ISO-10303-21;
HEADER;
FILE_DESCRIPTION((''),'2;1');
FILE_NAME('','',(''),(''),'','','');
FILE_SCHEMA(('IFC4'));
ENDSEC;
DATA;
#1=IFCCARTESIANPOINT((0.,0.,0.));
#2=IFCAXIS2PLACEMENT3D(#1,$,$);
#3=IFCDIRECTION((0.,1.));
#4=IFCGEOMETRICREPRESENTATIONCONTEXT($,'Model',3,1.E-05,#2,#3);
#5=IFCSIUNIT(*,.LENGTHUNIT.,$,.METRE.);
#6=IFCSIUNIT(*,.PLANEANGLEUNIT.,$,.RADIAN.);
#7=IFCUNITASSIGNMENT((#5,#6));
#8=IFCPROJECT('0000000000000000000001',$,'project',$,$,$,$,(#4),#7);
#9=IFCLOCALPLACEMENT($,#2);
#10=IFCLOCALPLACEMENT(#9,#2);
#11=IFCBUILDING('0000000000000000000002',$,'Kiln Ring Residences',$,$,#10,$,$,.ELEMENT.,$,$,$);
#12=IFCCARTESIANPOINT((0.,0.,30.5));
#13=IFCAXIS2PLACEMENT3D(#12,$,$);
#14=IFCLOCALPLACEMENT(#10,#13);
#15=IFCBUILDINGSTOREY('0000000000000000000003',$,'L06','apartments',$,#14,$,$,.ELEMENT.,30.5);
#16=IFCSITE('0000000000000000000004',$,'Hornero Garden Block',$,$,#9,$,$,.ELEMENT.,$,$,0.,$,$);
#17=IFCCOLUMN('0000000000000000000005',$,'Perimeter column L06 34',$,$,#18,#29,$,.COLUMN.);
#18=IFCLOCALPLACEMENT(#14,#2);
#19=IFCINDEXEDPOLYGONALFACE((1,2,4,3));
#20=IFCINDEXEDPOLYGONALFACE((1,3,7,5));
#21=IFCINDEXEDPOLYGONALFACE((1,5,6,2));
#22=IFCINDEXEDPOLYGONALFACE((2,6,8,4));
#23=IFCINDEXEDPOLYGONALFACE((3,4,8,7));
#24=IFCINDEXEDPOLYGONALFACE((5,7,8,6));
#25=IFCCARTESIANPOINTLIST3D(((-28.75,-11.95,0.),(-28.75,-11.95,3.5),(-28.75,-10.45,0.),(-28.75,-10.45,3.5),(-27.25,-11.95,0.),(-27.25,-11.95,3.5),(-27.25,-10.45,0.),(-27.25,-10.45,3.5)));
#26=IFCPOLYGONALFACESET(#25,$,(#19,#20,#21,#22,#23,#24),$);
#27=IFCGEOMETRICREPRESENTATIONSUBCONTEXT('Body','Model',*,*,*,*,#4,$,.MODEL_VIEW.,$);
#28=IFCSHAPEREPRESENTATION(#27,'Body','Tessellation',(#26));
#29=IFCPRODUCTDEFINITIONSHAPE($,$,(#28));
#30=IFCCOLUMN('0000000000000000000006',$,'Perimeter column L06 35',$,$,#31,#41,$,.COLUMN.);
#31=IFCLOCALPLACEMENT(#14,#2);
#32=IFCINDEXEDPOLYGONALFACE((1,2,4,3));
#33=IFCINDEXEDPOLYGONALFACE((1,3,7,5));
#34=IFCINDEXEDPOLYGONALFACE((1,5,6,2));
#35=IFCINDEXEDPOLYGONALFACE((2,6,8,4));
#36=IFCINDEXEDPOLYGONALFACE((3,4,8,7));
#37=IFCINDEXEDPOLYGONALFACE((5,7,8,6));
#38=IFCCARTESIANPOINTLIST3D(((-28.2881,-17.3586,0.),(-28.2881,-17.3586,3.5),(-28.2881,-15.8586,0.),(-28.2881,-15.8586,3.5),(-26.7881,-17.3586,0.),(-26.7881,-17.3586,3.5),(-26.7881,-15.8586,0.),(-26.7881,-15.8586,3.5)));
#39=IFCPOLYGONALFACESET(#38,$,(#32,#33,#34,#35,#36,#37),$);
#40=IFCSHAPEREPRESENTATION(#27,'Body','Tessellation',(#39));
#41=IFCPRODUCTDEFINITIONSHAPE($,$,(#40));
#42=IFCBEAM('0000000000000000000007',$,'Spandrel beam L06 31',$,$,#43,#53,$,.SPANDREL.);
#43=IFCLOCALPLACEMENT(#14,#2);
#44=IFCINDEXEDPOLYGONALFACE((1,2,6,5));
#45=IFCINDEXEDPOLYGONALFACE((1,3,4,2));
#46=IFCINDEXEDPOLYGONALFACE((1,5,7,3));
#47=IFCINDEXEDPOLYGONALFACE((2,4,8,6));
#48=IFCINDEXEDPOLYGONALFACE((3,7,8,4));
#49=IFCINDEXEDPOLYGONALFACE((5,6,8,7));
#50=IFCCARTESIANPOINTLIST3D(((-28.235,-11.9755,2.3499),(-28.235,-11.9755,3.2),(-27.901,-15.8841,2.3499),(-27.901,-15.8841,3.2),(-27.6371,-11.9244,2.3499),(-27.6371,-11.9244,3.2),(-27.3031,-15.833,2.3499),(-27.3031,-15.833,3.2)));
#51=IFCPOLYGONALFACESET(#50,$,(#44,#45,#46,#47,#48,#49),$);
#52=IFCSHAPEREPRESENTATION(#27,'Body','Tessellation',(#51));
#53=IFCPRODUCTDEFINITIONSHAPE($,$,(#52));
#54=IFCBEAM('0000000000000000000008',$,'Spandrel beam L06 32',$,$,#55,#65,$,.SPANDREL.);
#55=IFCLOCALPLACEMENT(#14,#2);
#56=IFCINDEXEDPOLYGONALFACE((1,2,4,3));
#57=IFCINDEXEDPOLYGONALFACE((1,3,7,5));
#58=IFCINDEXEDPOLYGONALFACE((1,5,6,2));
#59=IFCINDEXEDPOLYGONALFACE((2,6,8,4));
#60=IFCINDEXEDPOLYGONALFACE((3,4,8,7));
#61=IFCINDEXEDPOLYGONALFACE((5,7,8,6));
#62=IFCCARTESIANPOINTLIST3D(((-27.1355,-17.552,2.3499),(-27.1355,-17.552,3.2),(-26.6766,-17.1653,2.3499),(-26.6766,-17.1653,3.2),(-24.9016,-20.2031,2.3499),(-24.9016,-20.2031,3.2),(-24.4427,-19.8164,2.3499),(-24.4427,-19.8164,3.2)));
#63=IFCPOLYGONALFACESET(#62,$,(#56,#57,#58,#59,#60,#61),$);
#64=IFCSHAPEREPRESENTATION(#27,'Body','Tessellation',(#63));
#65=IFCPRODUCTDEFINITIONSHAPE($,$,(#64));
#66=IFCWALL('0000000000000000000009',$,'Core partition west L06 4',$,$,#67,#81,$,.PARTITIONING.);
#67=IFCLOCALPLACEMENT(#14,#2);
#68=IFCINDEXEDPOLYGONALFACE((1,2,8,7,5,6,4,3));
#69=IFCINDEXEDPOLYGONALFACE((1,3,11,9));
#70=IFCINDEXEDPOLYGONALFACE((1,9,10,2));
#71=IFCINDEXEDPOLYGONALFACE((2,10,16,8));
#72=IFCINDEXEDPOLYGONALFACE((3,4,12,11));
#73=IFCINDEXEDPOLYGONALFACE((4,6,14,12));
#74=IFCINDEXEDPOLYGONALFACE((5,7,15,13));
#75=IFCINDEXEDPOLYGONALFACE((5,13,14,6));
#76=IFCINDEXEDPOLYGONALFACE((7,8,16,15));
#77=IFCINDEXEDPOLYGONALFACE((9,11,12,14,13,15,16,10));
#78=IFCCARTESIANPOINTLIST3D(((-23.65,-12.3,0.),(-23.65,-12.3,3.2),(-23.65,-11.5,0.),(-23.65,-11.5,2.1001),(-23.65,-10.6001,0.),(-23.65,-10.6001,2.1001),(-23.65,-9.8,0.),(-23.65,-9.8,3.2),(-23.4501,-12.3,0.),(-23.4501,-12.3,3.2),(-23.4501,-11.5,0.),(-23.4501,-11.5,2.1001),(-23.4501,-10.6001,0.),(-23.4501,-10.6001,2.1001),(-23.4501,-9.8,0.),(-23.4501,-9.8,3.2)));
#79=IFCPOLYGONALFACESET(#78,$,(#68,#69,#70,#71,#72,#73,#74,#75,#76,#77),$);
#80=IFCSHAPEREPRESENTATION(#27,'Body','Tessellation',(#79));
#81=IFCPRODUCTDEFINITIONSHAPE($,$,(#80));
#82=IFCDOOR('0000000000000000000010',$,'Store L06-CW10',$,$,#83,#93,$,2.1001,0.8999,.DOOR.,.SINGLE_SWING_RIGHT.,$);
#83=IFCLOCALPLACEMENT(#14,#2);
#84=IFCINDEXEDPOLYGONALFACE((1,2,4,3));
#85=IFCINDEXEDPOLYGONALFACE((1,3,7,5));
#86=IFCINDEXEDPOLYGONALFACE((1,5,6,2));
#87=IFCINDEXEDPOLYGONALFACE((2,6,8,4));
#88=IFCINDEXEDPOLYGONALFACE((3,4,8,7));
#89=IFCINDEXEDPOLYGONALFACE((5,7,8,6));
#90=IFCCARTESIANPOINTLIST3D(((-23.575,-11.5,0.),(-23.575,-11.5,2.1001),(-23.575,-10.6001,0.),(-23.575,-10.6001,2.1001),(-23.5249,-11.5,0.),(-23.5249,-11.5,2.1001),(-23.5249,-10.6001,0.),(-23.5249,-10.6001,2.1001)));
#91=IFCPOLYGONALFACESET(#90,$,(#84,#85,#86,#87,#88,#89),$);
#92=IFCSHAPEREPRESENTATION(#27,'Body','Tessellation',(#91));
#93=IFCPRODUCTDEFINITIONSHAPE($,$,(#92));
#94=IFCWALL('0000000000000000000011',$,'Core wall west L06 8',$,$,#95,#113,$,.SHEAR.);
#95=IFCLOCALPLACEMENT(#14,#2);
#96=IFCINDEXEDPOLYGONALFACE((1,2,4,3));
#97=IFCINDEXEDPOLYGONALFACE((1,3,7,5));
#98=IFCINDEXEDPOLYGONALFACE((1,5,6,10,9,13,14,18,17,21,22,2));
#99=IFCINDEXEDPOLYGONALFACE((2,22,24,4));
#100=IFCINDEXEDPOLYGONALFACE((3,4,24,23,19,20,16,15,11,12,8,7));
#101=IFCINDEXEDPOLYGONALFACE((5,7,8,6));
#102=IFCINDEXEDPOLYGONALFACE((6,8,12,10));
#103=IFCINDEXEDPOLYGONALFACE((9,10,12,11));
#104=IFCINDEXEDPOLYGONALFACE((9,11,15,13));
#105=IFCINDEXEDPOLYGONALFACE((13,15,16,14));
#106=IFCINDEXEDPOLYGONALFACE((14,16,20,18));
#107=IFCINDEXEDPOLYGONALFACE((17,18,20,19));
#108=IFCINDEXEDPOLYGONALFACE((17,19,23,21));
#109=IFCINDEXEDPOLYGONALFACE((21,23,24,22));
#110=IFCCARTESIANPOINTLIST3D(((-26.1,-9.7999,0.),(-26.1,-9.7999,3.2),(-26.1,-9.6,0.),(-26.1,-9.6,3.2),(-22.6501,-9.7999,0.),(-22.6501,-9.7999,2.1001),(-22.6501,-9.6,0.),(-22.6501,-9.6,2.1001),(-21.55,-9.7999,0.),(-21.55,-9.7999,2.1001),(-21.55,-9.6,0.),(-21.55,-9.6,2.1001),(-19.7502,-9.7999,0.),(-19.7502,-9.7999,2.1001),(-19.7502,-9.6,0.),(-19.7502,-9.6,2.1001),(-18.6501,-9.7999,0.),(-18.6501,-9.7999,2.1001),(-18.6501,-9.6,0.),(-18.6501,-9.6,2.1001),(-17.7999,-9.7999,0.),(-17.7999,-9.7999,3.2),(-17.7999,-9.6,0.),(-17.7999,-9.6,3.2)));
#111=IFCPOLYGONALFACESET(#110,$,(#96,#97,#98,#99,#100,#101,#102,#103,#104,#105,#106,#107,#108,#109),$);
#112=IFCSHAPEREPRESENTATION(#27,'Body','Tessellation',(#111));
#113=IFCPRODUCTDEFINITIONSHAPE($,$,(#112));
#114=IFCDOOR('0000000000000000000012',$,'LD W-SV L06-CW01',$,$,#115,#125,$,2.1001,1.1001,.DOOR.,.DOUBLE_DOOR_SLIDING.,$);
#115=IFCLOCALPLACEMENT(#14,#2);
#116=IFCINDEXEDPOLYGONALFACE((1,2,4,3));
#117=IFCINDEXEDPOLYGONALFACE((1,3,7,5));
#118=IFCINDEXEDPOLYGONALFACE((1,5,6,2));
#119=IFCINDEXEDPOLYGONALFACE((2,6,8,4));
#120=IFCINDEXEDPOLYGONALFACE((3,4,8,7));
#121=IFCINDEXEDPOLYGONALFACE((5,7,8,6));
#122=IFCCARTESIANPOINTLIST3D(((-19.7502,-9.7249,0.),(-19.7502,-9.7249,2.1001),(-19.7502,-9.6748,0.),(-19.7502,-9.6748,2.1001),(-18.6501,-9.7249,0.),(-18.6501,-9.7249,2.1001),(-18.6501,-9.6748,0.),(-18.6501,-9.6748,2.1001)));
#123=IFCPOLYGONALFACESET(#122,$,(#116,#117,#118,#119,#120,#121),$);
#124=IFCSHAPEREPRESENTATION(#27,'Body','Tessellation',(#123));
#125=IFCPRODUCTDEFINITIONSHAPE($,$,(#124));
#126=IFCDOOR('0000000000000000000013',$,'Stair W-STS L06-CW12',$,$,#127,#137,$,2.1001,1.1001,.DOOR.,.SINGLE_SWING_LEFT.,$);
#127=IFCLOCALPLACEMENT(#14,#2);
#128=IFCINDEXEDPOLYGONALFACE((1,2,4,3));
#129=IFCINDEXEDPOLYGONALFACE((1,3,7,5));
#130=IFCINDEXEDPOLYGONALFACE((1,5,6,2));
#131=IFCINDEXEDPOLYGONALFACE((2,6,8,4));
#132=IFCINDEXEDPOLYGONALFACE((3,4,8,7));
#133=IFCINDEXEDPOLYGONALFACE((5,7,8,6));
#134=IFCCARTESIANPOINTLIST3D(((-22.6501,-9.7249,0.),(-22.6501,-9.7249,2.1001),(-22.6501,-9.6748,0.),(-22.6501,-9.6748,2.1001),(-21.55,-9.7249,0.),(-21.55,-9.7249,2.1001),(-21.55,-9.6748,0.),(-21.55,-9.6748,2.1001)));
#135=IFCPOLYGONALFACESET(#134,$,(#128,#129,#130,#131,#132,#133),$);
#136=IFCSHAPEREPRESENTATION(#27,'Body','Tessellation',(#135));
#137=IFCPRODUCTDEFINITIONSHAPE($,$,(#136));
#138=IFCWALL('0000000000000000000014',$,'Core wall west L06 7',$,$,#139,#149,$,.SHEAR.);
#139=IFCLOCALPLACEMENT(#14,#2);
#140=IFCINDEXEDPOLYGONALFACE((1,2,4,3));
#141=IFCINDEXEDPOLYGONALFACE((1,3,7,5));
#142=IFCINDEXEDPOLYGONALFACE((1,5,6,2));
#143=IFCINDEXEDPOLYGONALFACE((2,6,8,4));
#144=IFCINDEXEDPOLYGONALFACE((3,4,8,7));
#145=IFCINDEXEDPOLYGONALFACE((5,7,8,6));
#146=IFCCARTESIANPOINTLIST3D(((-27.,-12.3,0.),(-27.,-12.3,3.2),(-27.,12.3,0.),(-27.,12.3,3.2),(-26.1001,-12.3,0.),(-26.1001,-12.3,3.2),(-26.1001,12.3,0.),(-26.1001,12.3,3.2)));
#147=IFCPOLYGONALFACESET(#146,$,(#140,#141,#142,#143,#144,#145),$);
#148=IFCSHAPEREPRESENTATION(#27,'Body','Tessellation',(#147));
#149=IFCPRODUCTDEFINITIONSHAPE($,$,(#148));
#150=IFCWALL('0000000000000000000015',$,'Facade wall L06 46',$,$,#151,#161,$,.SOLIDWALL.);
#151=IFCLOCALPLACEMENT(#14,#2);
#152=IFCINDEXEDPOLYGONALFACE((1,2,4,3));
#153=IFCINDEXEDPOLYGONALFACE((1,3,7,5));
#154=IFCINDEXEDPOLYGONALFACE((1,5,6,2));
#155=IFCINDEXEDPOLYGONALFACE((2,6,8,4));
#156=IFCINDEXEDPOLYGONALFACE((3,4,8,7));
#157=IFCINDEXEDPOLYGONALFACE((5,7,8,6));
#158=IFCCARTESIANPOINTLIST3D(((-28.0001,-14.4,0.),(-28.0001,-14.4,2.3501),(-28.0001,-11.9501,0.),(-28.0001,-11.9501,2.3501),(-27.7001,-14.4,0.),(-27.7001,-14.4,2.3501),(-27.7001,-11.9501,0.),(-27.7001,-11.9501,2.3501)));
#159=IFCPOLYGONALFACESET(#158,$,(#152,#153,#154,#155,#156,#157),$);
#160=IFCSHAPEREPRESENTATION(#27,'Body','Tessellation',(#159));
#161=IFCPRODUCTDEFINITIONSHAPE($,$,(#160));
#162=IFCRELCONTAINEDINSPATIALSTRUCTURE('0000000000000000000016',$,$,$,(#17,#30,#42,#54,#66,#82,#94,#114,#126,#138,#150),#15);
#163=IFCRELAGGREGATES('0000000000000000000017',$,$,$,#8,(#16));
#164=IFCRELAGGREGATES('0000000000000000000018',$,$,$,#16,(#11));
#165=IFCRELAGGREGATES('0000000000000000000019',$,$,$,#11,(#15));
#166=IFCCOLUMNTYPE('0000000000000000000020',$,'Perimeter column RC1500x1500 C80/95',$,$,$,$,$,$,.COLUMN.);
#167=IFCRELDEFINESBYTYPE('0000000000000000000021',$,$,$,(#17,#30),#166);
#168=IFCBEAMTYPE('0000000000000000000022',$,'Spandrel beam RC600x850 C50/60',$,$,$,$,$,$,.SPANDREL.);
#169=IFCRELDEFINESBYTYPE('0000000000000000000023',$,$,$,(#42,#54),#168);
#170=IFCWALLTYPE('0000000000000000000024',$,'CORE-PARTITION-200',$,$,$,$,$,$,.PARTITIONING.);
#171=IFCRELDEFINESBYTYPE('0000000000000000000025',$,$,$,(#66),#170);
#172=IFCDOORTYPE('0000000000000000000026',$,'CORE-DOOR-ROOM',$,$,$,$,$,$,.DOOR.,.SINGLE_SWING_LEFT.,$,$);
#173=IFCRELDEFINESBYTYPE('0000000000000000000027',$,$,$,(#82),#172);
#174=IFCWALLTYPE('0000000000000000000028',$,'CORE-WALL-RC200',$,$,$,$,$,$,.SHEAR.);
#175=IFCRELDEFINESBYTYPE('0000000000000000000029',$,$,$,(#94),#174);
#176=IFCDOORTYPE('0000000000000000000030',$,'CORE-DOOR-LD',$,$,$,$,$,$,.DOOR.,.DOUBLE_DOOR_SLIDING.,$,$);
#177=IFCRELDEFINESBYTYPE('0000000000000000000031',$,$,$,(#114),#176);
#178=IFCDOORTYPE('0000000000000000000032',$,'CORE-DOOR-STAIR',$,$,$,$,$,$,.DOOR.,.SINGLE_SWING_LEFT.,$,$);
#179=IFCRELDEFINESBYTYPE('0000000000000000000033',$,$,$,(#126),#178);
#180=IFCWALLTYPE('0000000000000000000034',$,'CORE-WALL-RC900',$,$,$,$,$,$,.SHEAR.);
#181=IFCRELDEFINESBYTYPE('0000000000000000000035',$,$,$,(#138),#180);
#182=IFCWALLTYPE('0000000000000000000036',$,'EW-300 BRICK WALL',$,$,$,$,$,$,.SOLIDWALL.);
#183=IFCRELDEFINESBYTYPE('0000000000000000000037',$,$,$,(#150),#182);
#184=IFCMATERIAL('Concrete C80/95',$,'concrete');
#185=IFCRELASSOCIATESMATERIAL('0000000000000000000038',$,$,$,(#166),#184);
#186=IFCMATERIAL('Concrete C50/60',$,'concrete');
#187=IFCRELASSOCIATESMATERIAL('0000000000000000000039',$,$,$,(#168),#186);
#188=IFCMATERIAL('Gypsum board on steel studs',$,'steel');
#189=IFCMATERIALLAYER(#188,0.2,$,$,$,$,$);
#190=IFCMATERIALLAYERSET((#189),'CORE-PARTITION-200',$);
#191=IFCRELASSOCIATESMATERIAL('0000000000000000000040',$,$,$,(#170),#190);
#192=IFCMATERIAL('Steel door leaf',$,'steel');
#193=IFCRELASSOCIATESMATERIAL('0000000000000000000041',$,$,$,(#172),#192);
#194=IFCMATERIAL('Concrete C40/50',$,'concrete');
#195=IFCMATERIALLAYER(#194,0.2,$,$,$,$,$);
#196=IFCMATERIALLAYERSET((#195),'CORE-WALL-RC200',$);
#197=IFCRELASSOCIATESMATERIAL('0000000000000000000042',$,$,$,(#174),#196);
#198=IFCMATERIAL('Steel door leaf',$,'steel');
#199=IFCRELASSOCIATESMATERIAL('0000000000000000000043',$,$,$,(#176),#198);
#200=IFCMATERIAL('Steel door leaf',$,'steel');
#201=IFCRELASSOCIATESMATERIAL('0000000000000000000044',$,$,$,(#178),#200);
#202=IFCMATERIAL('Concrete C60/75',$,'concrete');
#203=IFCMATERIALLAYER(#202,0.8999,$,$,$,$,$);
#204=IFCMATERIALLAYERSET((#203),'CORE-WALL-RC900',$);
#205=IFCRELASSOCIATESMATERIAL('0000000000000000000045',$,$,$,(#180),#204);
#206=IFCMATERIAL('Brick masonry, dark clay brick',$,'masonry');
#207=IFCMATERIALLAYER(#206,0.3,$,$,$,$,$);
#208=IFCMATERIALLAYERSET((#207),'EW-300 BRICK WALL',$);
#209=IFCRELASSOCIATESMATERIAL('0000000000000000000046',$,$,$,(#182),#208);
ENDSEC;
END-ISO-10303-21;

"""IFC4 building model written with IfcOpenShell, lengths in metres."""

from ifc_helpers import new_model, si_unit, direction, frame, frame_2d, origin, origin_2d, place, context, subcontext, project, spatial, rectangle, extrude, material, layer, layer_set, material_profile, profile_set, type_object, element, fill, save


model = new_model("IFC4")

# Units and contexts
model_context = context("Model", 3, precision=1e-05, world=origin(), true_north=direction((0.0, 1.0)))
body_context = subcontext(model_context, "Body", "Model", "MODEL_VIEW")
ifc_project = project(units=[si_unit("LENGTHUNIT", "METRE"), si_unit("PLANEANGLEUNIT", "RADIAN")], contexts=[model_context])

# Site, building, storey
site_placement = place(None, origin())
site = spatial("IfcSite", under=ifc_project, at=site_placement, Name="Hornero Garden Block", CompositionType="ELEMENT", RefElevation=0.0)
building_placement = place(site_placement, origin())
building = spatial("IfcBuilding", under=site, at=building_placement, Name="Kiln Ring Residences", CompositionType="ELEMENT")
storey_placement = place(building_placement, frame((0.0, 0.0, 30.5)))
storey = spatial("IfcBuildingStorey", under=building, at=storey_placement, Name="L06", Description="apartments", CompositionType="ELEMENT", Elevation=30.5)

# Columns
ifc_material_1 = material(Name="Concrete C80/95", Category="concrete")
ifc_material_profile_1 = material_profile(ifc_material_1, rectangle(XDim=1.5, YDim=1.5, at=origin_2d()), Name="RC1500x1500")
ifc_profile_set_1 = profile_set([ifc_material_profile_1], Name="Concrete C80/95")
column_type = type_object("IfcColumnType", Name="Perimeter column RC1500x1500 C80/95", PredefinedType="COLUMN", material=ifc_profile_set_1)
for number, where, z_axis, x_axis, name in (
    (1, (-28.0, -11.2, 0.0), (0.0, 0.0, 1.0), (1.0, 0.0, 0.0), "Perimeter column L06 34"),
    (2, (-27.5381, -16.6086, 0.0), (0.0, 0.0, 1.0), (1.0, 0.0, 0.0), "Perimeter column L06 35"),
):
    element("IfcColumn", number, at=place(storey_placement, frame(where, z_axis=z_axis, x_axis=x_axis)), inside=storey, type_object=column_type, Name=name, PredefinedType="COLUMN", context=body_context, shape_type="SweptSolid", body=[
        extrude(rectangle(XDim=1.5, YDim=1.5, at=origin_2d()), origin(), (0.0, 0.0, 1.0), 3.5),
    ])

# Beams
ifc_material_2 = material(Name="Concrete C50/60", Category="concrete")
ifc_material_profile_2 = material_profile(ifc_material_2, rectangle(XDim=0.6001, YDim=0.8501, at=origin_2d()), Name="RC600x850")
ifc_profile_set_2 = profile_set([ifc_material_profile_2], Name="Concrete C50/60")
beam_type = type_object("IfcBeamType", Name="Spandrel beam RC600x850 C50/60", PredefinedType="SPANDREL", material=ifc_profile_set_2)
beam_1_placement = place(storey_placement, frame((-27.936, -11.95, 2.7749), z_axis=(0.085136, -0.996369, 0.0), x_axis=(0.996369, 0.085136, 0.0)))
element("IfcBeam", 3, at=beam_1_placement, inside=storey, type_object=beam_type, Name="Spandrel beam L06 31", PredefinedType="SPANDREL", context=body_context, shape_type="SweptSolid", body=[
    extrude(rectangle(XDim=0.6001, YDim=0.8501, at=origin_2d()), origin(), (0.0, 0.0, 1.0), 3.9229),
])
beam_2_placement = place(storey_placement, frame((-26.906, -17.3586, 2.7749), z_axis=(0.644366, -0.764718, 0.0), x_axis=(0.764718, 0.644366, 0.0)))
element("IfcBeam", 4, at=beam_2_placement, inside=storey, type_object=beam_type, Name="Spandrel beam L06 32", PredefinedType="SPANDREL", context=body_context, shape_type="SweptSolid", body=[
    extrude(rectangle(XDim=0.6001, YDim=0.8501, at=origin_2d()), origin(), (0.0, 0.0, 1.0), 3.4668),
])

# Wall, opening, door
ifc_material_3 = material(Name="Gypsum board on steel studs", Category="steel")
ifc_layer_1 = layer(ifc_material_3, 0.2)
ifc_layer_set_1 = layer_set([ifc_layer_1], Name="CORE-PARTITION-200")
wall_type_1 = type_object("IfcWallType", Name="CORE-PARTITION-200", PredefinedType="PARTITIONING", material=ifc_layer_set_1)
wall_1_placement = place(storey_placement, frame((-23.55, -12.3, 0.0), z_axis=(0.0, 0.0, 1.0), x_axis=(0.0, 1.0, 0.0)))
wall_1 = element("IfcWall", 5, at=wall_1_placement, inside=storey, type_object=wall_type_1, Name="Core partition west L06 4", PredefinedType="PARTITIONING", context=body_context, shape_type="SweptSolid", body=[
    extrude(rectangle(XDim=2.5, YDim=0.2, at=frame_2d((1.25, 0.0))), origin(), (0.0, 0.0, 1.0), 3.2),
])
opening_1_placement = place(wall_1_placement, frame((0.8, 0.0, 0.0)))
opening_1 = element("IfcOpeningElement", 6, at=opening_1_placement, cuts=wall_1, PredefinedType="OPENING", context=body_context, shape_type="SweptSolid", body=[
    extrude(rectangle(XDim=0.8999, YDim=2.1001, at=frame_2d((0.45, 1.05))), frame((0.0, 0.1099, 0.0), z_axis=(0.0, -1.0, 0.0), x_axis=(1.0, 0.0, 0.0)), (0.0, 0.0, 1.0), 0.22),
])
ifc_material_4 = material(Name="Steel door leaf", Category="steel")
door_type_1 = type_object("IfcDoorType", Name="CORE-DOOR-ROOM", OperationType="SINGLE_SWING_LEFT", PredefinedType="DOOR", material=ifc_material_4)
door_1_placement = place(opening_1_placement, origin())
door_1 = element("IfcDoor", 7, at=door_1_placement, inside=storey, type_object=door_type_1, Name="Store L06-CW10", OperationType="SINGLE_SWING_RIGHT", OverallHeight=2.1001, OverallWidth=0.8999, PredefinedType="DOOR", context=body_context, shape_type="SweptSolid", body=[
    extrude(rectangle(XDim=0.8999, YDim=2.1001, at=frame_2d((0.45, 1.05))), frame((0.0, 0.0249, 0.0), z_axis=(0.0, -1.0, 0.0), x_axis=(1.0, 0.0, 0.0)), (0.0, 0.0, 1.0), 0.05),
])
fill(opening_1, door_1)

# Wall, openings, doors
ifc_material_5 = material(Name="Concrete C40/50", Category="concrete")
ifc_layer_2 = layer(ifc_material_5, 0.2)
ifc_layer_set_2 = layer_set([ifc_layer_2], Name="CORE-WALL-RC200")
wall_type_2 = type_object("IfcWallType", Name="CORE-WALL-RC200", PredefinedType="SHEAR", material=ifc_layer_set_2)
wall_2_placement = place(storey_placement, frame((-17.8, -9.7, 0.0), z_axis=(0.0, 0.0, 1.0), x_axis=(-1.0, 0.0, 0.0)))
wall_2 = element("IfcWall", 8, at=wall_2_placement, inside=storey, type_object=wall_type_2, Name="Core wall west L06 8", PredefinedType="SHEAR", context=body_context, shape_type="SweptSolid", body=[
    extrude(rectangle(XDim=8.3, YDim=0.2, at=frame_2d((4.1499, 0.0))), origin(), (0.0, 0.0, 1.0), 3.2),
])
opening_2_placement = place(wall_2_placement, frame((0.8501, 0.0, 0.0)))
opening_2 = element("IfcOpeningElement", 9, at=opening_2_placement, cuts=wall_2, PredefinedType="OPENING", context=body_context, shape_type="SweptSolid", body=[
    extrude(rectangle(XDim=1.1001, YDim=2.1001, at=frame_2d((0.55, 1.05))), frame((0.0, 0.1099, 0.0), z_axis=(0.0, -1.0, 0.0), x_axis=(1.0, 0.0, 0.0)), (0.0, 0.0, 1.0), 0.22),
])
opening_3_placement = place(wall_2_placement, frame((3.75, 0.0, 0.0)))
opening_3 = element("IfcOpeningElement", 10, at=opening_3_placement, cuts=wall_2, PredefinedType="OPENING", context=body_context, shape_type="SweptSolid", body=[
    extrude(rectangle(XDim=1.1001, YDim=2.1001, at=frame_2d((0.55, 1.05))), frame((0.0, 0.1099, 0.0), z_axis=(0.0, -1.0, 0.0), x_axis=(1.0, 0.0, 0.0)), (0.0, 0.0, 1.0), 0.22),
])
ifc_material_6 = material(Name="Steel door leaf", Category="steel")
door_type_2 = type_object("IfcDoorType", Name="CORE-DOOR-LD", OperationType="DOUBLE_DOOR_SLIDING", PredefinedType="DOOR", material=ifc_material_6)
door_2_placement = place(opening_2_placement, origin())
door_2 = element("IfcDoor", 11, at=door_2_placement, inside=storey, type_object=door_type_2, Name="LD W-SV L06-CW01", OperationType="DOUBLE_DOOR_SLIDING", OverallHeight=2.1001, OverallWidth=1.1001, PredefinedType="DOOR", context=body_context, shape_type="SweptSolid", body=[
    extrude(rectangle(XDim=1.1001, YDim=2.1001, at=frame_2d((0.55, 1.05))), frame((0.0, 0.0249, 0.0), z_axis=(0.0, -1.0, 0.0), x_axis=(1.0, 0.0, 0.0)), (0.0, 0.0, 1.0), 0.05),
])
fill(opening_2, door_2)
ifc_material_7 = material(Name="Steel door leaf", Category="steel")
door_type_3 = type_object("IfcDoorType", Name="CORE-DOOR-STAIR", OperationType="SINGLE_SWING_LEFT", PredefinedType="DOOR", material=ifc_material_7)
door_3_placement = place(opening_3_placement, origin())
door_3 = element("IfcDoor", 12, at=door_3_placement, inside=storey, type_object=door_type_3, Name="Stair W-STS L06-CW12", OperationType="SINGLE_SWING_LEFT", OverallHeight=2.1001, OverallWidth=1.1001, PredefinedType="DOOR", context=body_context, shape_type="SweptSolid", body=[
    extrude(rectangle(XDim=1.1001, YDim=2.1001, at=frame_2d((0.55, 1.05))), frame((0.0, 0.0249, 0.0), z_axis=(0.0, -1.0, 0.0), x_axis=(1.0, 0.0, 0.0)), (0.0, 0.0, 1.0), 0.05),
])
fill(opening_3, door_3)

# Walls
ifc_material_8 = material(Name="Concrete C60/75", Category="concrete")
ifc_layer_3 = layer(ifc_material_8, 0.8999)
ifc_layer_set_3 = layer_set([ifc_layer_3], Name="CORE-WALL-RC900")
wall_type_3 = type_object("IfcWallType", Name="CORE-WALL-RC900", PredefinedType="SHEAR", material=ifc_layer_set_3)
wall_3_placement = place(storey_placement, frame((-26.55, -12.3, 0.0), z_axis=(0.0, 0.0, 1.0), x_axis=(0.0, 1.0, 0.0)))
element("IfcWall", 13, at=wall_3_placement, inside=storey, type_object=wall_type_3, Name="Core wall west L06 7", PredefinedType="SHEAR", context=body_context, shape_type="SweptSolid", body=[
    extrude(rectangle(XDim=24.6001, YDim=0.8999, at=frame_2d((12.3, 0.0))), origin(), (0.0, 0.0, 1.0), 3.2),
])
ifc_material_9 = material(Name="Brick masonry, dark clay brick", Category="masonry")
ifc_layer_4 = layer(ifc_material_9, 0.3)
ifc_layer_set_4 = layer_set([ifc_layer_4], Name="EW-300 BRICK WALL")
wall_type_4 = type_object("IfcWallType", Name="EW-300 BRICK WALL", PredefinedType="SOLIDWALL", material=ifc_layer_set_4)
wall_4_placement = place(storey_placement, frame((-27.8501, -11.95, 0.0), z_axis=(0.0, 0.0, 1.0), x_axis=(0.0, -1.0, 0.0)))
element("IfcWall", 14, at=wall_4_placement, inside=storey, type_object=wall_type_4, Name="Facade wall L06 46", PredefinedType="SOLIDWALL", context=body_context, shape_type="SweptSolid", body=[
    extrude(rectangle(XDim=2.45, YDim=0.3, at=frame_2d((1.2251, 0.0))), origin(), (0.0, 0.0, 1.0), 2.3501),
])

save(model, "model.ifc")
